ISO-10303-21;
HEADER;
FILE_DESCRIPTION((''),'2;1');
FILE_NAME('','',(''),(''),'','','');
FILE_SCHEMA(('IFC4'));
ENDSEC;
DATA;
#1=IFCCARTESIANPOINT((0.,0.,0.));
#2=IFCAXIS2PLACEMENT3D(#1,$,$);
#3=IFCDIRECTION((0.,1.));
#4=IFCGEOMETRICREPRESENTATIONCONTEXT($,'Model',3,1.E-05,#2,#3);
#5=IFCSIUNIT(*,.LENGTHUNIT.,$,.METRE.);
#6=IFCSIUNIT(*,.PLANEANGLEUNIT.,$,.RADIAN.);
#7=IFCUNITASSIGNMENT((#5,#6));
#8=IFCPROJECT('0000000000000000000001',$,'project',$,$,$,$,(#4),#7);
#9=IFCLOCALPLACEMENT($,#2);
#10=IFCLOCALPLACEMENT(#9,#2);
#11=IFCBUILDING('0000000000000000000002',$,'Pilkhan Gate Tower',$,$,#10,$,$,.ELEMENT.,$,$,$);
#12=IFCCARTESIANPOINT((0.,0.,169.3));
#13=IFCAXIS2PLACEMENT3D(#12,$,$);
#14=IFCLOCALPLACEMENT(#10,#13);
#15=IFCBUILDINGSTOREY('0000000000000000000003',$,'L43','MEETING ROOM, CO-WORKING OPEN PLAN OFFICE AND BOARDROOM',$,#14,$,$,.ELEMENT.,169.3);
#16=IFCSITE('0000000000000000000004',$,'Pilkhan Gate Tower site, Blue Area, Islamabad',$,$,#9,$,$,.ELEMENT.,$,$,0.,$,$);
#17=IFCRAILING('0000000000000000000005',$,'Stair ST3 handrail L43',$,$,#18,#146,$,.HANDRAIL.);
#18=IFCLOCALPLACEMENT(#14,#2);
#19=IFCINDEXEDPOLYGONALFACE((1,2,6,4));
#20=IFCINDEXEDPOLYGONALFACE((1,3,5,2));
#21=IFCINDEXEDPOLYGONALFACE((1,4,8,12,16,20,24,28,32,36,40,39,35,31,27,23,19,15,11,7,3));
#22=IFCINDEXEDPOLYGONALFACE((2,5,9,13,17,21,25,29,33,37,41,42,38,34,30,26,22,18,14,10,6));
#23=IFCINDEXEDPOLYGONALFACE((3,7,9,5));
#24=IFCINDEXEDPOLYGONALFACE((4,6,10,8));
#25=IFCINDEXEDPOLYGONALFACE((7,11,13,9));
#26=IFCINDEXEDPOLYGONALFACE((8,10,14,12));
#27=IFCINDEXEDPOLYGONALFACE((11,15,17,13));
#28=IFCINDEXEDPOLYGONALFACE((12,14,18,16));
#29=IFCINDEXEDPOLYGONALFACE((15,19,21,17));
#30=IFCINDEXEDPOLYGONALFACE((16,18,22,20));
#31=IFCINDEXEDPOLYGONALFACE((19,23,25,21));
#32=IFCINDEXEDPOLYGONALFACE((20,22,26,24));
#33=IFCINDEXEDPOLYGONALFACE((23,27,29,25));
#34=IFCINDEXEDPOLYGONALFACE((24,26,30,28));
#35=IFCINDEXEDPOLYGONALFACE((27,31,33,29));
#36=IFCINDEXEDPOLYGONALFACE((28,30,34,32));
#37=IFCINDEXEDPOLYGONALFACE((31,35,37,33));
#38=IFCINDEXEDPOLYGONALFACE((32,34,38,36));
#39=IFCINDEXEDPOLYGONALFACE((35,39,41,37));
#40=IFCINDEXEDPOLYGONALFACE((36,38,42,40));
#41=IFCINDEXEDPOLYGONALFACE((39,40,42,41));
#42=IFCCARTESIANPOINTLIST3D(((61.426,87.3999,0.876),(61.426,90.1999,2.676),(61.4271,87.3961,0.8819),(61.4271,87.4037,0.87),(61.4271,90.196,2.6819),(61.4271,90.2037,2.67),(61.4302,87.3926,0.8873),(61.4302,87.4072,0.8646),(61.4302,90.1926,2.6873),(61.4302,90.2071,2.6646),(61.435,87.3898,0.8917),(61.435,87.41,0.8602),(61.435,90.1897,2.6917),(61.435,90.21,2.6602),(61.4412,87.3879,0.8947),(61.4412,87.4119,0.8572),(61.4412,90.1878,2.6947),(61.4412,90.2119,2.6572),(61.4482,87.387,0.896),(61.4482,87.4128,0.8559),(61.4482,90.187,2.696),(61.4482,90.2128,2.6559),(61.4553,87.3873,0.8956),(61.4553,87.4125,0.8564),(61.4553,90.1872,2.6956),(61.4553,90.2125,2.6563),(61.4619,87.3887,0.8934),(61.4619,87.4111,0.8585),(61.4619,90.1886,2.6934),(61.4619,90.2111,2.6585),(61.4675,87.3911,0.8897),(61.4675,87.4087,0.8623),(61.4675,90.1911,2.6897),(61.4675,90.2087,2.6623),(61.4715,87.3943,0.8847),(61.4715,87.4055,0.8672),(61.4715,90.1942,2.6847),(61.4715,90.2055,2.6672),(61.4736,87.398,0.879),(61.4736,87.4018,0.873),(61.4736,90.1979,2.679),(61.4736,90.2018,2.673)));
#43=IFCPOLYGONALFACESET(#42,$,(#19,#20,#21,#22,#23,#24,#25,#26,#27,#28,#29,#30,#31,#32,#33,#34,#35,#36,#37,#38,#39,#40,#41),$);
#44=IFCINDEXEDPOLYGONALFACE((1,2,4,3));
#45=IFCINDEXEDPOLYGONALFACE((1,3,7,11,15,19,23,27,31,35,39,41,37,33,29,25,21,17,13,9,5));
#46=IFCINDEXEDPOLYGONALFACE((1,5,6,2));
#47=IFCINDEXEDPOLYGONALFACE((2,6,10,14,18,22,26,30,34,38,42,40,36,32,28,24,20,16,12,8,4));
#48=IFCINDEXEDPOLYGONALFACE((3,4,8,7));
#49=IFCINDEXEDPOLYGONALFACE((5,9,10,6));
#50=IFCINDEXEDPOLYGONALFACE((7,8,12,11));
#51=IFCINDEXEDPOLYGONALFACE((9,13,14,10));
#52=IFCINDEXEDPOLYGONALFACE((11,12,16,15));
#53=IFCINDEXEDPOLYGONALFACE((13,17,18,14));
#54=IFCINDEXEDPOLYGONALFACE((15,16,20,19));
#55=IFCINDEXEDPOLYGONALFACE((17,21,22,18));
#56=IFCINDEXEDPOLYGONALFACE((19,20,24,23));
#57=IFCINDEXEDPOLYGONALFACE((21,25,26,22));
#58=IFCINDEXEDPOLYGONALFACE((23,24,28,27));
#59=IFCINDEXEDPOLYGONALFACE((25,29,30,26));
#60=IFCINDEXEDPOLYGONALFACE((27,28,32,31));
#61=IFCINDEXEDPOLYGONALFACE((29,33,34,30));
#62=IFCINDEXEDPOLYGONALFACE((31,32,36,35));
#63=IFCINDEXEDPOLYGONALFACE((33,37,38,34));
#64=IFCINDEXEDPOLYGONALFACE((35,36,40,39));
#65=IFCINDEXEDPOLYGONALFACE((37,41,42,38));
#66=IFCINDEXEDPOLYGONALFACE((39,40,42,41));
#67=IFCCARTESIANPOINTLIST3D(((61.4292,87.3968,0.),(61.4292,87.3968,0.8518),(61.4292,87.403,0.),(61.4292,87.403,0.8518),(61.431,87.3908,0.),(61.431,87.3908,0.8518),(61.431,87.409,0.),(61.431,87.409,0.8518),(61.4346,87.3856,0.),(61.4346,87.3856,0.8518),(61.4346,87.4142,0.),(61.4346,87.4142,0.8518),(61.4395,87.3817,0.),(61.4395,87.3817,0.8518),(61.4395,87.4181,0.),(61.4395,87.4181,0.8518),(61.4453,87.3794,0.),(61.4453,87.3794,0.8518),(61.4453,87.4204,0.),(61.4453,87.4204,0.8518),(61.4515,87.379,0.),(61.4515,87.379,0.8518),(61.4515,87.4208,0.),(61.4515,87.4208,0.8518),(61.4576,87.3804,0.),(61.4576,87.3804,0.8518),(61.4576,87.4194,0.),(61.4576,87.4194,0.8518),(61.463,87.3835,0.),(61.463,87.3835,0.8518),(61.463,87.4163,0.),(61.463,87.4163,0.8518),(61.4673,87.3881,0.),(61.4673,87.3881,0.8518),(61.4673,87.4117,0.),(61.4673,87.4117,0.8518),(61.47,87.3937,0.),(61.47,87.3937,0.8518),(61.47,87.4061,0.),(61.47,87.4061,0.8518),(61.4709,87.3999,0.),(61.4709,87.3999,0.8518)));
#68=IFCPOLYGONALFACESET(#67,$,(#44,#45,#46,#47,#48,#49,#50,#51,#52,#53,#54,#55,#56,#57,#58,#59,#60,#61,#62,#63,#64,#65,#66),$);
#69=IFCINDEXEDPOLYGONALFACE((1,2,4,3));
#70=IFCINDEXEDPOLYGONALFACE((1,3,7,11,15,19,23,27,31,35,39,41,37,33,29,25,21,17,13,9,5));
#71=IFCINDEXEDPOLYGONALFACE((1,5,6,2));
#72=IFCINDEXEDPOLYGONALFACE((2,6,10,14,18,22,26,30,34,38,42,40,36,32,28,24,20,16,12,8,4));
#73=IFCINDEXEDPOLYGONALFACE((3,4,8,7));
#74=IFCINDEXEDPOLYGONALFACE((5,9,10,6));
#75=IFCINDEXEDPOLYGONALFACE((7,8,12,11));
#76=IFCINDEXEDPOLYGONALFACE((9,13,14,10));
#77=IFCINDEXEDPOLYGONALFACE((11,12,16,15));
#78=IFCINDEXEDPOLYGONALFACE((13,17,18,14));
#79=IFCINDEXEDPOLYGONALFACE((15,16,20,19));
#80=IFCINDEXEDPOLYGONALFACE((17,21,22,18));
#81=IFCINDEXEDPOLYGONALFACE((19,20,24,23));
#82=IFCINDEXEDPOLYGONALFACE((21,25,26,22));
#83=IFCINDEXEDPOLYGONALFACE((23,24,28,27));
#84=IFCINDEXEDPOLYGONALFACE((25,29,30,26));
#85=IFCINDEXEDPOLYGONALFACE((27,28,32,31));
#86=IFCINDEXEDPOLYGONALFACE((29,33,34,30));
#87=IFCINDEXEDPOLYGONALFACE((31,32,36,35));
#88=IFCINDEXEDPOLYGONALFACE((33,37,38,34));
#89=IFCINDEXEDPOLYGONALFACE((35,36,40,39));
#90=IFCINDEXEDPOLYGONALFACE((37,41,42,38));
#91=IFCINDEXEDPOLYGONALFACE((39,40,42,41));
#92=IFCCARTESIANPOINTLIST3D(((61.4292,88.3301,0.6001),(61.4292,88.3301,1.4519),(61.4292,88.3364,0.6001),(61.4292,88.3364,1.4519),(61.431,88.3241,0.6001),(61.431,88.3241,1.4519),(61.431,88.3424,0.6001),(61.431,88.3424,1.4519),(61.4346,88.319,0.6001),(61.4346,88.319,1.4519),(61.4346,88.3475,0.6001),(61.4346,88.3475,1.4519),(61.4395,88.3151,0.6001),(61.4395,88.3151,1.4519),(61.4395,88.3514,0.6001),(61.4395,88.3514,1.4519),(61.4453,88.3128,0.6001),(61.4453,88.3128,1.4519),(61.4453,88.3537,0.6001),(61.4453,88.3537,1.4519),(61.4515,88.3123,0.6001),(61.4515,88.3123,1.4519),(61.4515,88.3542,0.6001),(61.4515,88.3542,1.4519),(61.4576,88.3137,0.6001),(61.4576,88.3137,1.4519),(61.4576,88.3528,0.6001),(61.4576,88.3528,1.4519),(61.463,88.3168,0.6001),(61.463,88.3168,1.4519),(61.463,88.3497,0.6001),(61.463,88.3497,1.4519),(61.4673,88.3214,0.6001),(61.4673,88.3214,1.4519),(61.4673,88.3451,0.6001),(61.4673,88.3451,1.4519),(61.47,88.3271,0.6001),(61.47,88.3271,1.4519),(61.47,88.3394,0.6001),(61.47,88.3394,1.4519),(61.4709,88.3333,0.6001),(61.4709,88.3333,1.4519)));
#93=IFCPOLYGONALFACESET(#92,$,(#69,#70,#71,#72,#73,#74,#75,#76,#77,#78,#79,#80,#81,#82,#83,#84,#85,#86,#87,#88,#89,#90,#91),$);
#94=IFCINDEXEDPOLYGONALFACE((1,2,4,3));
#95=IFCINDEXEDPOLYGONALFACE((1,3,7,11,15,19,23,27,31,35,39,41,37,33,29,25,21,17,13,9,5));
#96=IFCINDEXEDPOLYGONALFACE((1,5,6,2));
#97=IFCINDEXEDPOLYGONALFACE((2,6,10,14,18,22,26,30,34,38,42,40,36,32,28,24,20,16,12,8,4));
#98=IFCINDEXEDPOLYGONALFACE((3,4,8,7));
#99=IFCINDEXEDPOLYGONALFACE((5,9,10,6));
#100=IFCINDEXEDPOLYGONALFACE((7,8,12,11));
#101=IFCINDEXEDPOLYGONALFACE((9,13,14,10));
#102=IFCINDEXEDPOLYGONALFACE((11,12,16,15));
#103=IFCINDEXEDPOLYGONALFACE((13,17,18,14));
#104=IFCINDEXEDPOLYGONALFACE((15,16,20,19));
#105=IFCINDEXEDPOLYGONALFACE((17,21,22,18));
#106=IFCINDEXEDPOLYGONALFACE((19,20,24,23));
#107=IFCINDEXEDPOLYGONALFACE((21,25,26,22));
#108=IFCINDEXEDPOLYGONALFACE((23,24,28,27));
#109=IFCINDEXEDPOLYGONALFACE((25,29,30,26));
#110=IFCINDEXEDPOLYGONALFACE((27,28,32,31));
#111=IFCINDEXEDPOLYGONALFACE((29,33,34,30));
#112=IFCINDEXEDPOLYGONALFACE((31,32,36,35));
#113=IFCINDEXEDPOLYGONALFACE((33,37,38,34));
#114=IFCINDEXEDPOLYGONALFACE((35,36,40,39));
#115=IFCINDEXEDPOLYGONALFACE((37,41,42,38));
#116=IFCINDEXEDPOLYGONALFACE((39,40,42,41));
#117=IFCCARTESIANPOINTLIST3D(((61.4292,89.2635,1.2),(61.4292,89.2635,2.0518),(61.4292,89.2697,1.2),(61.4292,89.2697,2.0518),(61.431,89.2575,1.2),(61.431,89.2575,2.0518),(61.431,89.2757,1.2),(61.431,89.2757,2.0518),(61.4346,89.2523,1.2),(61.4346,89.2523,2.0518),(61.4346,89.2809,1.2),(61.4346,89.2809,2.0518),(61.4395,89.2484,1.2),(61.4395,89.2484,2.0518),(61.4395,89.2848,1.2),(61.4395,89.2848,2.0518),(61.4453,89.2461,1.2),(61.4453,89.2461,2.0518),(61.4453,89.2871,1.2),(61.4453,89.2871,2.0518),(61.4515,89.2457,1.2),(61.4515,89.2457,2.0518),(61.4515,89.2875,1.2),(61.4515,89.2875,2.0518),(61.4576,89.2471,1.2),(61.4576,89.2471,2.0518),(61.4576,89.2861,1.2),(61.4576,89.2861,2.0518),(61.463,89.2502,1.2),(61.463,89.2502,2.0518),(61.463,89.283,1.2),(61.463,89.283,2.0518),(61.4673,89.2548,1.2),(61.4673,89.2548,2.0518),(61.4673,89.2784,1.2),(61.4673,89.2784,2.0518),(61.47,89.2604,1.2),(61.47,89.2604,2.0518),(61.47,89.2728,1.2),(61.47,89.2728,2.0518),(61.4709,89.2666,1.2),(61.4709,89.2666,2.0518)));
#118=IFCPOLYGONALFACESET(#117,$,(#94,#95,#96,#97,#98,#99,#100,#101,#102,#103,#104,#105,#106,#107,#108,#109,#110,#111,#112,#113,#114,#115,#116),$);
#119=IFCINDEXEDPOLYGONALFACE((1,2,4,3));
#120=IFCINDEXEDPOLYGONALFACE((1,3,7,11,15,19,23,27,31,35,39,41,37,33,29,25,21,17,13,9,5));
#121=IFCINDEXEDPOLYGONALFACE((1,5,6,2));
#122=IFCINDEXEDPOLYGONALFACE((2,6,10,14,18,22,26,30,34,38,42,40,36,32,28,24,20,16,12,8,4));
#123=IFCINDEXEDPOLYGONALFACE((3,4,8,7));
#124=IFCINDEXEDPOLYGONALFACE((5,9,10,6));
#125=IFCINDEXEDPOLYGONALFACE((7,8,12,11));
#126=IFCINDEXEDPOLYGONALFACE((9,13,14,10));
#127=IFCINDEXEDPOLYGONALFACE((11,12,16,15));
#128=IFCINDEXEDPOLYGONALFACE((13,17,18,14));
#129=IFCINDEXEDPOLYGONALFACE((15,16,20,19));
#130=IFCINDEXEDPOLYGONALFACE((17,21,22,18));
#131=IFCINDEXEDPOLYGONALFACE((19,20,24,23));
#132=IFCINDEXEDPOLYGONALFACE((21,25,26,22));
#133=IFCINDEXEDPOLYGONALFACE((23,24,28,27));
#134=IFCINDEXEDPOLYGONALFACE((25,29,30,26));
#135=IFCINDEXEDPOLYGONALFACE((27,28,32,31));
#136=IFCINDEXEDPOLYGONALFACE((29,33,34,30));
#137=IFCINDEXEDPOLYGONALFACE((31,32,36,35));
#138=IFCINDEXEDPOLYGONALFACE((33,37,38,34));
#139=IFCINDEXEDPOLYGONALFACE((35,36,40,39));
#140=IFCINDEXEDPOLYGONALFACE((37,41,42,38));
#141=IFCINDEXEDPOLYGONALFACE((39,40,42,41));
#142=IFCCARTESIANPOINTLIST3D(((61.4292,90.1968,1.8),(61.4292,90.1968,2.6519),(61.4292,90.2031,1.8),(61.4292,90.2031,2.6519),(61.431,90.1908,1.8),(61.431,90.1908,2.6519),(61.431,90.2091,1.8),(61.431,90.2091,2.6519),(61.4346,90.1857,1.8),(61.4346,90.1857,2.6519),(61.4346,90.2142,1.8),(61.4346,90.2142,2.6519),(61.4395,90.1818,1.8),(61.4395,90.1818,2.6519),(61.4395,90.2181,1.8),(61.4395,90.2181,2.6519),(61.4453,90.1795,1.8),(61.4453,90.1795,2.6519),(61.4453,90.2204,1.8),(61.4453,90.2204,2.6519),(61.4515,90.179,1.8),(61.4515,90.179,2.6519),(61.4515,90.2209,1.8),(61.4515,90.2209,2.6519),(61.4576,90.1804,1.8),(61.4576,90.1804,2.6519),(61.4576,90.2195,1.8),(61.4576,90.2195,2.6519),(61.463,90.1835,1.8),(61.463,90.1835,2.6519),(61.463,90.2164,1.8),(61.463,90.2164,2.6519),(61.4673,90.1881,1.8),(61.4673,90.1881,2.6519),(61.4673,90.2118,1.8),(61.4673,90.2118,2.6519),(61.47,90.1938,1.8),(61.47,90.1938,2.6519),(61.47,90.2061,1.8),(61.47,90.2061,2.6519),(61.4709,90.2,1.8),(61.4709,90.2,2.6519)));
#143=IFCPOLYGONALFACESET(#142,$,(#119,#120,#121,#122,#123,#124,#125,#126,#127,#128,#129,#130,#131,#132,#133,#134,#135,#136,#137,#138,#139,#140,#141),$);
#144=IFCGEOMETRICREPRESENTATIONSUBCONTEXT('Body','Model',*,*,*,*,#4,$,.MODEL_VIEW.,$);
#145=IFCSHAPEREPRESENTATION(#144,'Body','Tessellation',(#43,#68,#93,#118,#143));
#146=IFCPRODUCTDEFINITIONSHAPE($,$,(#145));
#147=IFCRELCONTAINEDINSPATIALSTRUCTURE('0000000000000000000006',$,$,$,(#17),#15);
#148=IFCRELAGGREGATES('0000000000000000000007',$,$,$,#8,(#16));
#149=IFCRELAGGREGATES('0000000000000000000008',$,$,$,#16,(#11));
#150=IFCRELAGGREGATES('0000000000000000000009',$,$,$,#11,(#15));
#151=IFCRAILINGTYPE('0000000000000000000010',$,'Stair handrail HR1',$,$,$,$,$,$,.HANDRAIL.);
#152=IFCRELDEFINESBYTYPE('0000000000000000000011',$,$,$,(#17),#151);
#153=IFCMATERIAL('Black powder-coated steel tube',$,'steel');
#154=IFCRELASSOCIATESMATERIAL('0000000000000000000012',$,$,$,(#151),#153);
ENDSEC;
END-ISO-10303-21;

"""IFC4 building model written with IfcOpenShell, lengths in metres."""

from ifc_helpers import new_model, si_unit, direction, frame, origin, origin_2d, place, context, subcontext, project, spatial, circle, extrude, material, type_object, element, save


model = new_model("IFC4")

# Units and contexts
model_context = context("Model", 3, precision=1e-05, world=origin(), true_north=direction((0.0, 1.0)))
body_context = subcontext(model_context, "Body", "Model", "MODEL_VIEW")
ifc_project = project(units=[si_unit("LENGTHUNIT", "METRE"), si_unit("PLANEANGLEUNIT", "RADIAN")], contexts=[model_context])

# Site, building, storey
site_placement = place(None, origin())
site = spatial("IfcSite", under=ifc_project, at=site_placement, Name="Pilkhan Gate Tower site, Blue Area, Islamabad", CompositionType="ELEMENT", RefElevation=0.0)
building_placement = place(site_placement, origin())
building = spatial("IfcBuilding", under=site, at=building_placement, Name="Pilkhan Gate Tower", CompositionType="ELEMENT")
storey_placement = place(building_placement, frame((0.0, 0.0, 169.3)))
storey = spatial("IfcBuildingStorey", under=building, at=storey_placement, Name="L43", Description="MEETING ROOM, CO-WORKING OPEN PLAN OFFICE AND BOARDROOM", CompositionType="ELEMENT", Elevation=169.3)

# Railing
ifc_material_1 = material(Name="Black powder-coated steel tube", Category="steel")
railing_type_1 = type_object("IfcRailingType", Name="Stair handrail HR1", PredefinedType="HANDRAIL", material=ifc_material_1)
railing_1_placement = place(storey_placement, frame((61.45, 87.3999, 0.0)))
element("IfcRailing", 1, at=railing_1_placement, inside=storey, type_object=railing_type_1, Name="Stair ST3 handrail L43", PredefinedType="HANDRAIL", context=body_context, shape_type="SweptSolid", body=[
    extrude(circle(Radius=0.0239, at=origin_2d()), frame((0.0, 0.0, 0.876), z_axis=(0.0, 0.841176, 0.540761), x_axis=(-1.0, 0.0, 0.0)), (0.0, 0.0, 1.0), 3.3286),
    extrude(circle(Radius=0.021, at=origin_2d()), origin(), (0.0, 0.0, 1.0), 0.8518),
    extrude(circle(Radius=0.021, at=origin_2d()), frame((0.0, 0.9333, 0.6001)), (0.0, 0.0, 1.0), 0.8518),
    extrude(circle(Radius=0.021, at=origin_2d()), frame((0.0, 1.8667, 1.2)), (0.0, 0.0, 1.0), 0.8518),
    extrude(circle(Radius=0.021, at=origin_2d()), frame((0.0, 2.8, 1.8)), (0.0, 0.0, 1.0), 0.8518),
])

save(model, "model.ifc")
